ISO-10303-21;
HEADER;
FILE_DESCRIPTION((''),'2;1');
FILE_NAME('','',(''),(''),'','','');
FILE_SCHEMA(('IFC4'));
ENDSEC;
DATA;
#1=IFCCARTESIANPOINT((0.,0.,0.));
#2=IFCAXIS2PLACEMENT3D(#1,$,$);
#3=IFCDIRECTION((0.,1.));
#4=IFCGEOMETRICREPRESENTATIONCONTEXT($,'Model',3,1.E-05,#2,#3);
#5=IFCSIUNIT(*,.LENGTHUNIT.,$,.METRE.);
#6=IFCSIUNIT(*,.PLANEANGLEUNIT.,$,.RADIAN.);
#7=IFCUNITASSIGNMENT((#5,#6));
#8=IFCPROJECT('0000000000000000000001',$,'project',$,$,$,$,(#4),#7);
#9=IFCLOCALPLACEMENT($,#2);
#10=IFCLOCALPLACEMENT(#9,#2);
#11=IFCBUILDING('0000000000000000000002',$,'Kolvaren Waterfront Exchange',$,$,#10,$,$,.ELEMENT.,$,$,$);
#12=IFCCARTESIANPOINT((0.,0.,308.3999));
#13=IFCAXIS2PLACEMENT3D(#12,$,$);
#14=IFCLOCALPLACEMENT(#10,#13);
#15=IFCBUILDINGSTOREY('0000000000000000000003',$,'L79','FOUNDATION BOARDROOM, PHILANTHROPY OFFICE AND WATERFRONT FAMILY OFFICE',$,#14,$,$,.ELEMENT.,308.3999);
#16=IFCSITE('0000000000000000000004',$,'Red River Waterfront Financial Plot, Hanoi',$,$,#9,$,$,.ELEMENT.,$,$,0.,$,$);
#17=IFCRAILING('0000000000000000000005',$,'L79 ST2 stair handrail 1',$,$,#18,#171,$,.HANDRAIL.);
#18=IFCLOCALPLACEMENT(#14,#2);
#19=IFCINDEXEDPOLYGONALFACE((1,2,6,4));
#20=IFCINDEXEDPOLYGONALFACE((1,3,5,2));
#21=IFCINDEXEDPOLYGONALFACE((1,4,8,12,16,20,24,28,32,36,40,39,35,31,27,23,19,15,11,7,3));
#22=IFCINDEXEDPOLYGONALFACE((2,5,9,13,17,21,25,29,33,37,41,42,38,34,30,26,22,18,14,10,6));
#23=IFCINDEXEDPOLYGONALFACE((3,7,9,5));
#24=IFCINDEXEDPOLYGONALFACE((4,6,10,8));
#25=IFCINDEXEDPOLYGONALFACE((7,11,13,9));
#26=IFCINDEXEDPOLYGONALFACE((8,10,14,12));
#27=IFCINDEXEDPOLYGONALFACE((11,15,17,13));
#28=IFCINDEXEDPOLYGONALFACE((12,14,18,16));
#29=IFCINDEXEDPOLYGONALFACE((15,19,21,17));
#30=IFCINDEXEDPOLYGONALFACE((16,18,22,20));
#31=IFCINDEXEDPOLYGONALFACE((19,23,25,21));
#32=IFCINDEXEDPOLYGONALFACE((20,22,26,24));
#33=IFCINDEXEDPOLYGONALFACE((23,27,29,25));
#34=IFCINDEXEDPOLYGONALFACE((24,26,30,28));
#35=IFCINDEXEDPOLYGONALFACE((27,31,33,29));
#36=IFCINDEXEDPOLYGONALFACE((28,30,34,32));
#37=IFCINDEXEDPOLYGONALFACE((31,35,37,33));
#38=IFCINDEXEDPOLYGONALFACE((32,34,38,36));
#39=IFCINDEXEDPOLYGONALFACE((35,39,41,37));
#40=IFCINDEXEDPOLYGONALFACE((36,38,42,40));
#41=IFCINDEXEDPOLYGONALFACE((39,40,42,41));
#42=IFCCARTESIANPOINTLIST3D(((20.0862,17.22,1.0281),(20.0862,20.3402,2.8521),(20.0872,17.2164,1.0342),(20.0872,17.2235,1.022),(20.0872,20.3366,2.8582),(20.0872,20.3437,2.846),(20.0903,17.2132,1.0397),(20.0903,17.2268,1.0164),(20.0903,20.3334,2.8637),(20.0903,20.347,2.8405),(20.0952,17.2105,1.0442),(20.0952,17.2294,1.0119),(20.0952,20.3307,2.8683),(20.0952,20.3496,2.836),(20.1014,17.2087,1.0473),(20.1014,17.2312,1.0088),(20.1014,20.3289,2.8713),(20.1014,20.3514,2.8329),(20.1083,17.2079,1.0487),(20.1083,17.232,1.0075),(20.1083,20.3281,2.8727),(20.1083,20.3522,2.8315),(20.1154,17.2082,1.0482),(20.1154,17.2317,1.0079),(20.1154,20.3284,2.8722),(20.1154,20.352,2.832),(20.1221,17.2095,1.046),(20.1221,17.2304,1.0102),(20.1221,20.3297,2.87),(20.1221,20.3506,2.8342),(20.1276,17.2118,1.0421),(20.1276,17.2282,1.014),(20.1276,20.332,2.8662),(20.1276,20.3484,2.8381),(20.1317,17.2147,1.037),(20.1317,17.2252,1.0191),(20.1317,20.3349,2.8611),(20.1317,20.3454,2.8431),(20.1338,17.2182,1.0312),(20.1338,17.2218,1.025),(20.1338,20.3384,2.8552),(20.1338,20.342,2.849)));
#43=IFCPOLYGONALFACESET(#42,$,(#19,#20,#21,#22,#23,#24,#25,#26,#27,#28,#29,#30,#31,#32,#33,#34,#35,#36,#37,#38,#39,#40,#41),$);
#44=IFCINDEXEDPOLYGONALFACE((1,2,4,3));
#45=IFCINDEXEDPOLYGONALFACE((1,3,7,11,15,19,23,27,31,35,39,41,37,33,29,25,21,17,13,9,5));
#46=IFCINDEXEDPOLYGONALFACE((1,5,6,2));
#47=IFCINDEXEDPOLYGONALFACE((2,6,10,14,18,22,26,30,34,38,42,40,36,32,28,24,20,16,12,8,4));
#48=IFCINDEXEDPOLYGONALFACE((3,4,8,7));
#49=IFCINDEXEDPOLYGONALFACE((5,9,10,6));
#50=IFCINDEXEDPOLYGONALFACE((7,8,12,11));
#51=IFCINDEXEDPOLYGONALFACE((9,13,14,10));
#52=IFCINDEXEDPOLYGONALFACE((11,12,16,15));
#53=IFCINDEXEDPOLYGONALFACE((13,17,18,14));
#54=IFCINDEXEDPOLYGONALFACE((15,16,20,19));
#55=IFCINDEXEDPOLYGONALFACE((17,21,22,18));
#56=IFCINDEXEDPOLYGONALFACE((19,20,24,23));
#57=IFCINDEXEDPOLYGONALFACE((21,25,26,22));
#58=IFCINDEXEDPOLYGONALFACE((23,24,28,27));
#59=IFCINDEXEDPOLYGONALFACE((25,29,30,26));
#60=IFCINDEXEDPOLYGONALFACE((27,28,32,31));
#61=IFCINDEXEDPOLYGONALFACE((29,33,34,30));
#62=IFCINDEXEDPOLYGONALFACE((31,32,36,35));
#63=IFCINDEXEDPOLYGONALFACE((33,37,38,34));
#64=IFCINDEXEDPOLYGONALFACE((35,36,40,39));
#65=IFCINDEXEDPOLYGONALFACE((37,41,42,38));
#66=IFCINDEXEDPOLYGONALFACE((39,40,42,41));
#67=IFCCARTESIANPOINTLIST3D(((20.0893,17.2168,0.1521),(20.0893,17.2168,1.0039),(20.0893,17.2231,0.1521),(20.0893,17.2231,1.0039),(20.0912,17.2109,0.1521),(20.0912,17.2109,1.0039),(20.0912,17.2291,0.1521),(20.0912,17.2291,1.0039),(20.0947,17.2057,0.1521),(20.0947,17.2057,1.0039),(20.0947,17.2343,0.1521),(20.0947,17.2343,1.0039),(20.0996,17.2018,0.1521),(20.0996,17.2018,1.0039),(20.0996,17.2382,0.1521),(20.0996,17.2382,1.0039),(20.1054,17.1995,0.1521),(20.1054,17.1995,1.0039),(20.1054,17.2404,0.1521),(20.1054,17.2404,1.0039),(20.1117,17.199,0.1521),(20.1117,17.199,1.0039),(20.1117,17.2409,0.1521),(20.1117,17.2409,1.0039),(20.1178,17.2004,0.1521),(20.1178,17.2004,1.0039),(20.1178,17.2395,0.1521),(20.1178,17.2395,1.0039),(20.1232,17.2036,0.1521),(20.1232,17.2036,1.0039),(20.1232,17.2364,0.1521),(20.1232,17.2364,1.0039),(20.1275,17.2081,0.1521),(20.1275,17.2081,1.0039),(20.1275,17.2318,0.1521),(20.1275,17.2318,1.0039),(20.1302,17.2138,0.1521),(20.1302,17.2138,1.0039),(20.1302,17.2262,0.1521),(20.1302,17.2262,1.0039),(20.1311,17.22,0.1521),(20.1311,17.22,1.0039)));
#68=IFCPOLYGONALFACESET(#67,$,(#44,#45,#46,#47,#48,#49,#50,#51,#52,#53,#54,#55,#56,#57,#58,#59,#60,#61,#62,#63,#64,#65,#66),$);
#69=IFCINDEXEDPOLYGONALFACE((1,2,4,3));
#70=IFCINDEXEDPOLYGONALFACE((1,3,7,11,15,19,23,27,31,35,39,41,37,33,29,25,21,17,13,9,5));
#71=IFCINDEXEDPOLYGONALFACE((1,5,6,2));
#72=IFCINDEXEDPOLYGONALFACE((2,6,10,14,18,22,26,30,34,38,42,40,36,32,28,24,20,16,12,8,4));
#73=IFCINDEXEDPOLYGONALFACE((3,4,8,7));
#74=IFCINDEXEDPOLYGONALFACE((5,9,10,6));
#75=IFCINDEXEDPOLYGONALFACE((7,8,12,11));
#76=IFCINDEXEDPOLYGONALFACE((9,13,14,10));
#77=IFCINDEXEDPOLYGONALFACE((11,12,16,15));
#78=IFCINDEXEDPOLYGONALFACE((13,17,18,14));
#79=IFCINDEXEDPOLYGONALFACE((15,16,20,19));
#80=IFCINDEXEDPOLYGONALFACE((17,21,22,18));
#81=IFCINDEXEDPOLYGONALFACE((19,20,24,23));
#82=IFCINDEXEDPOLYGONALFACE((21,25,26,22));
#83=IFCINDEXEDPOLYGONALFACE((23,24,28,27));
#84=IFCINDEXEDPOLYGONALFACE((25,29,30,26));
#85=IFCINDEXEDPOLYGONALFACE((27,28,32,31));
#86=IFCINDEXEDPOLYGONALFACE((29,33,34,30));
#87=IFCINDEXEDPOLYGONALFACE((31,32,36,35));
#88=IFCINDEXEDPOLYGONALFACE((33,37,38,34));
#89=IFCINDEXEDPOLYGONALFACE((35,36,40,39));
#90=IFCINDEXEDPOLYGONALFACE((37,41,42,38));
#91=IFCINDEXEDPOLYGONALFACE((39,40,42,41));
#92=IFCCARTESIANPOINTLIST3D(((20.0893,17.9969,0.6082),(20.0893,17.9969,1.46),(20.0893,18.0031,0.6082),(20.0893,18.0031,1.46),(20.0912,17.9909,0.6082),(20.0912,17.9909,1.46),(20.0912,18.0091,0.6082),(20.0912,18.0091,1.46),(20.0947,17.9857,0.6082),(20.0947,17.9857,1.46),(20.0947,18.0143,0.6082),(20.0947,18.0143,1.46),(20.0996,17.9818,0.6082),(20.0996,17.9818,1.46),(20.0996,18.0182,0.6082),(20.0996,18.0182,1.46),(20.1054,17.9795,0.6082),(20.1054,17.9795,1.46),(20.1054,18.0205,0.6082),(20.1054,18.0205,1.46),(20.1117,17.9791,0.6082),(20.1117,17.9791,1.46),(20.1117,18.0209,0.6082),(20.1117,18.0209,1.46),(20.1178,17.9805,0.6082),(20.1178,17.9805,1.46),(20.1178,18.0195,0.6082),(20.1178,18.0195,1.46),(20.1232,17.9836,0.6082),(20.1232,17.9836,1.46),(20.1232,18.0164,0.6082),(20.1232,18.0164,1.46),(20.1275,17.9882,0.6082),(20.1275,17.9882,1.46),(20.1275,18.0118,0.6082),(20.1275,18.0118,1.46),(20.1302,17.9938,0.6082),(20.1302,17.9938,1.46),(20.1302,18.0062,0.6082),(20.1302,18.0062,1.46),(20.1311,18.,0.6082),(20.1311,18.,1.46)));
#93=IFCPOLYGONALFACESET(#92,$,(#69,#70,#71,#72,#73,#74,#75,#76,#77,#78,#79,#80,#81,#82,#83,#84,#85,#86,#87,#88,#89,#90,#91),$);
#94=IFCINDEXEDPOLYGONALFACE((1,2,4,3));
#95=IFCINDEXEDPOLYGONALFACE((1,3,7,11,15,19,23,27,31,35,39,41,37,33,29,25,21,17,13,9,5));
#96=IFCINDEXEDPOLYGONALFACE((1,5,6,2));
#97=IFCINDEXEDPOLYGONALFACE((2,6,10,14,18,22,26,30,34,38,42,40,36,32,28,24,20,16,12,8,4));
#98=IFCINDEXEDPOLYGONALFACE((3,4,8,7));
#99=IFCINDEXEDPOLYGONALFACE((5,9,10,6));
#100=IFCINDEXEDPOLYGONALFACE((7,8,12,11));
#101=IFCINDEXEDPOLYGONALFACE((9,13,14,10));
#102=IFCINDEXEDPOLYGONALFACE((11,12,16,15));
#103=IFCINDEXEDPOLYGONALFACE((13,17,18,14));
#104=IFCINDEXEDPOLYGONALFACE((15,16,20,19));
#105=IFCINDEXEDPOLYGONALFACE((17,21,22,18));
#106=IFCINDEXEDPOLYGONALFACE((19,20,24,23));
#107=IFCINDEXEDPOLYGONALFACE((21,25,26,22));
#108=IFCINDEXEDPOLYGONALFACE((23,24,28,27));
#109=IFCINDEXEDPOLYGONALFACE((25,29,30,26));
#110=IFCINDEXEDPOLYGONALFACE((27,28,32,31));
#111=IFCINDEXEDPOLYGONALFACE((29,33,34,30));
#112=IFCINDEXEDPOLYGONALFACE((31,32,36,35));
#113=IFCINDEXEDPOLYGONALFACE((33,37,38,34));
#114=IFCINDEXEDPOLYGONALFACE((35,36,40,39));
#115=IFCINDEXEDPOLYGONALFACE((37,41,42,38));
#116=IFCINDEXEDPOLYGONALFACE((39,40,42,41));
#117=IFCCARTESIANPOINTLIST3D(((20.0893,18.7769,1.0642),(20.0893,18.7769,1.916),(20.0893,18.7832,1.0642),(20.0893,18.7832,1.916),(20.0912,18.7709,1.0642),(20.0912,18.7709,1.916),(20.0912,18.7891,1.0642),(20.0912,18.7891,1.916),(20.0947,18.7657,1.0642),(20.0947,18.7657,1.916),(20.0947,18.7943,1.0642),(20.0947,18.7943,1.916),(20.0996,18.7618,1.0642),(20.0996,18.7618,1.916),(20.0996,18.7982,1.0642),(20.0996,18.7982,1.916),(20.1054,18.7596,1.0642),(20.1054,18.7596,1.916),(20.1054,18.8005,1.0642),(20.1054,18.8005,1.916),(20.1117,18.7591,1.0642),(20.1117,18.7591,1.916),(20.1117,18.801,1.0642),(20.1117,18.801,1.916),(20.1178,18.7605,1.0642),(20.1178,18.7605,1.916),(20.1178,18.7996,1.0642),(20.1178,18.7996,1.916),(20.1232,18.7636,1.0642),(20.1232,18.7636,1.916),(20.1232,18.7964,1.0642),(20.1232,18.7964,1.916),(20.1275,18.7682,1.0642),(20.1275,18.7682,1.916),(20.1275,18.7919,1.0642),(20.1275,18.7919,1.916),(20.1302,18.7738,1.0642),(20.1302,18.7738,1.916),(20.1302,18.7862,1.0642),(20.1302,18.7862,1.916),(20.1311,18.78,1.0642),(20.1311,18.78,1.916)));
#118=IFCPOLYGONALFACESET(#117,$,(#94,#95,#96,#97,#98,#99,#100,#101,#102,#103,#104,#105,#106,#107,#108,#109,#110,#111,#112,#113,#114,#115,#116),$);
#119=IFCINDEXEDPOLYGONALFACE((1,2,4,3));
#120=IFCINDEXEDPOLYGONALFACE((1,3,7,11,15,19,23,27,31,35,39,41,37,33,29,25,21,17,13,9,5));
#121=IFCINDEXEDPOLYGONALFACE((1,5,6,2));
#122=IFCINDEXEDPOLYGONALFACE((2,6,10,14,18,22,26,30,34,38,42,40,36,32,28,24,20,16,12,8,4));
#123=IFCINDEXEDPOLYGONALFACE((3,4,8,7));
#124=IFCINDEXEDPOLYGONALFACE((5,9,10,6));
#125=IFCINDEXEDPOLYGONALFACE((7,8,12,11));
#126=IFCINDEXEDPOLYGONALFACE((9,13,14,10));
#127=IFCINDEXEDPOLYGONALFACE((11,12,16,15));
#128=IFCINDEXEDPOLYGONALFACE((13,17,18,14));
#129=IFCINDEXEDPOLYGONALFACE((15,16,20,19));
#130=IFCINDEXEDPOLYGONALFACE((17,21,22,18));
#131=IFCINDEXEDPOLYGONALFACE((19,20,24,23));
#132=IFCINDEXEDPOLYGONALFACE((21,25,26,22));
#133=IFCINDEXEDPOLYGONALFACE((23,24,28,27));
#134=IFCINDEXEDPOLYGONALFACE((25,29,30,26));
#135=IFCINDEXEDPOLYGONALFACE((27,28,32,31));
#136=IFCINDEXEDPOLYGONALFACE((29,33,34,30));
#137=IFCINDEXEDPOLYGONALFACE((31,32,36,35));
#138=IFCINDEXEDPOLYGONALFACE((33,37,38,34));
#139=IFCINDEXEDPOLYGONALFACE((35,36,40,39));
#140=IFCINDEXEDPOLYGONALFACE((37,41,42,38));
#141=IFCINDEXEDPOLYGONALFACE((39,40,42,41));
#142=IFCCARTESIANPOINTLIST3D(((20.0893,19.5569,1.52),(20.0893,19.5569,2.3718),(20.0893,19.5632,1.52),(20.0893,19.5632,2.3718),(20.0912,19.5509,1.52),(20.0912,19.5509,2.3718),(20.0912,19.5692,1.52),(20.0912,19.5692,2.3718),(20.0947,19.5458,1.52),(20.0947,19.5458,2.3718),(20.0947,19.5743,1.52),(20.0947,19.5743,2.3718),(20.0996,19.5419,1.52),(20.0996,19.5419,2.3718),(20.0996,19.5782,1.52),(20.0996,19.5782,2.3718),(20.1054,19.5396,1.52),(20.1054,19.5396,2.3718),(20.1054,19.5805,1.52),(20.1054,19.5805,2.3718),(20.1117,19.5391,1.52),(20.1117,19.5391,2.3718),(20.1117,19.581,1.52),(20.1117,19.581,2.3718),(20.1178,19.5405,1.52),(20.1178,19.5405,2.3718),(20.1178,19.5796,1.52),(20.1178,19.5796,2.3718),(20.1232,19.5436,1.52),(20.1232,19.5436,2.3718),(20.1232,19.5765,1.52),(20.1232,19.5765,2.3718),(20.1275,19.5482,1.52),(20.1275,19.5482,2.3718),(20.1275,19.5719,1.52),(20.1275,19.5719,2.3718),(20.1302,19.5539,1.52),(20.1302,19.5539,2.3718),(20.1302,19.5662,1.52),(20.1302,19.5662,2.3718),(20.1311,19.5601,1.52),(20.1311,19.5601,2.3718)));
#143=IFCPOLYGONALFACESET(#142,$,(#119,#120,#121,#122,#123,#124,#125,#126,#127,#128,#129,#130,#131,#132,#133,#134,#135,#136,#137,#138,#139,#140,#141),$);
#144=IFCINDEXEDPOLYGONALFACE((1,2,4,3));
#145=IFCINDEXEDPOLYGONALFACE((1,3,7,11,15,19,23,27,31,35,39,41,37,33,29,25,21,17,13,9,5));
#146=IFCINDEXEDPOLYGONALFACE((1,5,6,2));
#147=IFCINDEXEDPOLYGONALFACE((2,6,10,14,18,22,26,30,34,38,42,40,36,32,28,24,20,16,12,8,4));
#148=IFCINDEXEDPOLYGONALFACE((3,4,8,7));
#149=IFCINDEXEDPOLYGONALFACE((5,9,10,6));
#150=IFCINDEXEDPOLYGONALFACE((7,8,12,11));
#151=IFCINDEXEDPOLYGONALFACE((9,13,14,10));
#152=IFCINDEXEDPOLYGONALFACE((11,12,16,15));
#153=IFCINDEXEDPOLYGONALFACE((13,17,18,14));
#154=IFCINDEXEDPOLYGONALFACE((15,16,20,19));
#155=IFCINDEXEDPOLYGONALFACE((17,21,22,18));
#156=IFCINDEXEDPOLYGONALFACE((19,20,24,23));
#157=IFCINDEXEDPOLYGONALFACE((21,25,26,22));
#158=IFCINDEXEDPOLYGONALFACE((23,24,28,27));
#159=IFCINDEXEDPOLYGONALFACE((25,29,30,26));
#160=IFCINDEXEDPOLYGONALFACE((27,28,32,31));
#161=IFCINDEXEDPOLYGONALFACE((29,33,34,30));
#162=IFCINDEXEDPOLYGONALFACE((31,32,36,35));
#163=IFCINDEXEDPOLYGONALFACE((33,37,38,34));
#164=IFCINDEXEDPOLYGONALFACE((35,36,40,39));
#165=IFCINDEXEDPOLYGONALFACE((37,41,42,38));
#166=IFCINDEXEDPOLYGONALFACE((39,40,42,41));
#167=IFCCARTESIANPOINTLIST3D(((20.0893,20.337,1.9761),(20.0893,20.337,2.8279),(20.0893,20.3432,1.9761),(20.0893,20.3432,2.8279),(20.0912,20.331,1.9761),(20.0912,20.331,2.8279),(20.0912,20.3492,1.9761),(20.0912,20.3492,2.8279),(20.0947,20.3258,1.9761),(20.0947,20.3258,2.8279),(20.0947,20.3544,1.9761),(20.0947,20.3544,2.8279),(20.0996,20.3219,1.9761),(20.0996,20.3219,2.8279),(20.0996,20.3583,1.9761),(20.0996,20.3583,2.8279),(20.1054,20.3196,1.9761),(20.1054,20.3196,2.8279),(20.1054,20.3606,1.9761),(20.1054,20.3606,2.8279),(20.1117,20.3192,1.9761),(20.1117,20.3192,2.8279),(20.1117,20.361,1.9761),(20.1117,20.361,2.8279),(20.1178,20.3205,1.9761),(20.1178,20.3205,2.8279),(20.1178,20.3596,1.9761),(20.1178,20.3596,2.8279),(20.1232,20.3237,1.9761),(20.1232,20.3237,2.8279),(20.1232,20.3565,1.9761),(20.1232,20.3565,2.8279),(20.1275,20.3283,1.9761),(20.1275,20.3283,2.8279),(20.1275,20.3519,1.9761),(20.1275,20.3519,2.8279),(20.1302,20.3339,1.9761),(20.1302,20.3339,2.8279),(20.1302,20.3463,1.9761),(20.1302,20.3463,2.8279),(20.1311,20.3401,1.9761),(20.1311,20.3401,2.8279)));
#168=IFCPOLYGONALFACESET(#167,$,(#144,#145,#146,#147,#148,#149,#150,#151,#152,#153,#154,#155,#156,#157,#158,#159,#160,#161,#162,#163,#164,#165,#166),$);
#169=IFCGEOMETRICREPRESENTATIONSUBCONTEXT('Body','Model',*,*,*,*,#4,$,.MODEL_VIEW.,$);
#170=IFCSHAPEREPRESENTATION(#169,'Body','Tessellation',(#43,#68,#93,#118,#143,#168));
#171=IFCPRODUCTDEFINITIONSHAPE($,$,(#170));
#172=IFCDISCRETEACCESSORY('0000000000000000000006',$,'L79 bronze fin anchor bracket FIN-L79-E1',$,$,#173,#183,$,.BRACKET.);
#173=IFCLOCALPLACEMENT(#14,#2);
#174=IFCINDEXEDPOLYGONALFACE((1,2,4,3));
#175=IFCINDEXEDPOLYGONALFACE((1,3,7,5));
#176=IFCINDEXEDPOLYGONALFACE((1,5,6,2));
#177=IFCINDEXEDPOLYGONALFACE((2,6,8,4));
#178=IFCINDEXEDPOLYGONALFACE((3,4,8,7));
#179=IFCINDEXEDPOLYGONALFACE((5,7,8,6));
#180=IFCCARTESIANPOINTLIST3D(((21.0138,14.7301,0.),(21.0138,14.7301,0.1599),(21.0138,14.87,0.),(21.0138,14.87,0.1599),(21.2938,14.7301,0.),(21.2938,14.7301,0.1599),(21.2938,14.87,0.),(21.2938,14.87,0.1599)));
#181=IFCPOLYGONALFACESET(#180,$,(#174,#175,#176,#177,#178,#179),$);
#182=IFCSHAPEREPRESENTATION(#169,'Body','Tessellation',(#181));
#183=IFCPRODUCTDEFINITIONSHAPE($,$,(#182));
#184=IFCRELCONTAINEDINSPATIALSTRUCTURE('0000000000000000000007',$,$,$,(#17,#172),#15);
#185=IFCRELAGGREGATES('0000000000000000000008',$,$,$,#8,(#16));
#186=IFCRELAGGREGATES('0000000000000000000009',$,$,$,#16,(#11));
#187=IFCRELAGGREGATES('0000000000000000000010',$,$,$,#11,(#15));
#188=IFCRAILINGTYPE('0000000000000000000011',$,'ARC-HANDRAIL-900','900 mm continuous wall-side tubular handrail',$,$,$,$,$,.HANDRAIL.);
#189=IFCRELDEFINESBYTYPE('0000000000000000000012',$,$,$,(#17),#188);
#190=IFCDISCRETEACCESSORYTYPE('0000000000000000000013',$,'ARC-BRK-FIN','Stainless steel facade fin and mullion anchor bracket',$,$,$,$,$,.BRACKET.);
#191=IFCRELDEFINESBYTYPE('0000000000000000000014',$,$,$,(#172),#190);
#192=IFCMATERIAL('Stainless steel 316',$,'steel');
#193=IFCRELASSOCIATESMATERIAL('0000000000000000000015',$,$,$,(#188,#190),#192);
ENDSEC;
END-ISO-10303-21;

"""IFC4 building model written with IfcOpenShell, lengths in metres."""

from ifc_helpers import new_model, si_unit, direction, frame, origin, origin_with_axes, origin_2d, place, context, subcontext, project, spatial, rectangle, circle, extrude, source, transform, mapped, material, type_object, element, save


model = new_model("IFC4")

# Units and contexts
model_context = context("Model", 3, precision=1e-05, world=origin(), true_north=direction((0.0, 1.0)))
body_context = subcontext(model_context, "Body", "Model", "MODEL_VIEW")
ifc_project = project(units=[si_unit("LENGTHUNIT", "METRE"), si_unit("PLANEANGLEUNIT", "RADIAN")], contexts=[model_context])

# Site, building, storey
site_placement = place(None, origin())
site = spatial("IfcSite", under=ifc_project, at=site_placement, Name="Red River Waterfront Financial Plot, Hanoi", CompositionType="ELEMENT", RefElevation=0.0)
building_placement = place(site_placement, origin())
building = spatial("IfcBuilding", under=site, at=building_placement, Name="Kolvaren Waterfront Exchange", CompositionType="ELEMENT")
storey_placement = place(building_placement, frame((0.0, 0.0, 308.3999)))
storey = spatial("IfcBuildingStorey", under=building, at=storey_placement, Name="L79", Description="FOUNDATION BOARDROOM, PHILANTHROPY OFFICE AND WATERFRONT FAMILY OFFICE", CompositionType="ELEMENT", Elevation=308.3999)

# Railing
ifc_material_1 = material(Name="Stainless steel 316", Category="steel")
railing_type_1 = type_object("IfcRailingType", Name="ARC-HANDRAIL-900", Description="900 mm continuous wall-side tubular handrail", PredefinedType="HANDRAIL", material=ifc_material_1)
railing_1_placement = place(storey_placement, frame((20.1101, 17.22, 0.1521)))
element("IfcRailing", 1, at=railing_1_placement, inside=storey, type_object=railing_type_1, Name="L79 ST2 stair handrail 1", PredefinedType="HANDRAIL", context=body_context, shape_type="SweptSolid", body=[
    extrude(circle(Radius=0.0239, at=origin_2d()), frame((0.0, 0.0, 0.876), z_axis=(0.0, 0.863308, 0.504677), x_axis=(-1.0, 0.0, 0.0)), (0.0, 0.0, 1.0), 3.6143),
    extrude(circle(Radius=0.021, at=origin_2d()), origin(), (0.0, 0.0, 1.0), 0.8518),
    extrude(circle(Radius=0.021, at=origin_2d()), frame((0.0, 0.78, 0.4561)), (0.0, 0.0, 1.0), 0.8518),
    extrude(circle(Radius=0.021, at=origin_2d()), frame((0.0, 1.5601, 0.9121)), (0.0, 0.0, 1.0), 0.8518),
    extrude(circle(Radius=0.021, at=origin_2d()), frame((0.0, 2.3401, 1.3679)), (0.0, 0.0, 1.0), 0.8518),
    extrude(circle(Radius=0.021, at=origin_2d()), frame((0.0, 3.1201, 1.824)), (0.0, 0.0, 1.0), 0.8518),
])

# Discrete accessory
discrete_accessory_type = type_object("IfcDiscreteAccessoryType", Name="ARC-BRK-FIN", Description="Stainless steel facade fin and mullion anchor bracket", PredefinedType="BRACKET", material=ifc_material_1)
shared_shape = source(origin_with_axes(), body_context, "Body", "SweptSolid", [
    extrude(rectangle(XDim=0.28, YDim=0.1399, at=origin_2d()), origin(), (0.0, 0.0, 1.0), 0.1599),
])
discrete_accessory_placement = place(storey_placement, frame((21.1538, 14.8, 0.0), z_axis=(0.0, 0.0, 1.0), x_axis=(1.0, 0.0, 0.0)))
element("IfcDiscreteAccessory", 2, at=discrete_accessory_placement, inside=storey, type_object=discrete_accessory_type, Name="L79 bronze fin anchor bracket FIN-L79-E1", PredefinedType="BRACKET", context=body_context, shape_type="MappedRepresentation", body=[
    mapped(shared_shape, transform((0.0, 0.0, 0.0), x_axis=(1.0, 0.0, 0.0), y_axis=(0.0, 1.0, 0.0), z_axis=(0.0, 0.0, 1.0), scale=1.0)),
])

save(model, "model.ifc")
